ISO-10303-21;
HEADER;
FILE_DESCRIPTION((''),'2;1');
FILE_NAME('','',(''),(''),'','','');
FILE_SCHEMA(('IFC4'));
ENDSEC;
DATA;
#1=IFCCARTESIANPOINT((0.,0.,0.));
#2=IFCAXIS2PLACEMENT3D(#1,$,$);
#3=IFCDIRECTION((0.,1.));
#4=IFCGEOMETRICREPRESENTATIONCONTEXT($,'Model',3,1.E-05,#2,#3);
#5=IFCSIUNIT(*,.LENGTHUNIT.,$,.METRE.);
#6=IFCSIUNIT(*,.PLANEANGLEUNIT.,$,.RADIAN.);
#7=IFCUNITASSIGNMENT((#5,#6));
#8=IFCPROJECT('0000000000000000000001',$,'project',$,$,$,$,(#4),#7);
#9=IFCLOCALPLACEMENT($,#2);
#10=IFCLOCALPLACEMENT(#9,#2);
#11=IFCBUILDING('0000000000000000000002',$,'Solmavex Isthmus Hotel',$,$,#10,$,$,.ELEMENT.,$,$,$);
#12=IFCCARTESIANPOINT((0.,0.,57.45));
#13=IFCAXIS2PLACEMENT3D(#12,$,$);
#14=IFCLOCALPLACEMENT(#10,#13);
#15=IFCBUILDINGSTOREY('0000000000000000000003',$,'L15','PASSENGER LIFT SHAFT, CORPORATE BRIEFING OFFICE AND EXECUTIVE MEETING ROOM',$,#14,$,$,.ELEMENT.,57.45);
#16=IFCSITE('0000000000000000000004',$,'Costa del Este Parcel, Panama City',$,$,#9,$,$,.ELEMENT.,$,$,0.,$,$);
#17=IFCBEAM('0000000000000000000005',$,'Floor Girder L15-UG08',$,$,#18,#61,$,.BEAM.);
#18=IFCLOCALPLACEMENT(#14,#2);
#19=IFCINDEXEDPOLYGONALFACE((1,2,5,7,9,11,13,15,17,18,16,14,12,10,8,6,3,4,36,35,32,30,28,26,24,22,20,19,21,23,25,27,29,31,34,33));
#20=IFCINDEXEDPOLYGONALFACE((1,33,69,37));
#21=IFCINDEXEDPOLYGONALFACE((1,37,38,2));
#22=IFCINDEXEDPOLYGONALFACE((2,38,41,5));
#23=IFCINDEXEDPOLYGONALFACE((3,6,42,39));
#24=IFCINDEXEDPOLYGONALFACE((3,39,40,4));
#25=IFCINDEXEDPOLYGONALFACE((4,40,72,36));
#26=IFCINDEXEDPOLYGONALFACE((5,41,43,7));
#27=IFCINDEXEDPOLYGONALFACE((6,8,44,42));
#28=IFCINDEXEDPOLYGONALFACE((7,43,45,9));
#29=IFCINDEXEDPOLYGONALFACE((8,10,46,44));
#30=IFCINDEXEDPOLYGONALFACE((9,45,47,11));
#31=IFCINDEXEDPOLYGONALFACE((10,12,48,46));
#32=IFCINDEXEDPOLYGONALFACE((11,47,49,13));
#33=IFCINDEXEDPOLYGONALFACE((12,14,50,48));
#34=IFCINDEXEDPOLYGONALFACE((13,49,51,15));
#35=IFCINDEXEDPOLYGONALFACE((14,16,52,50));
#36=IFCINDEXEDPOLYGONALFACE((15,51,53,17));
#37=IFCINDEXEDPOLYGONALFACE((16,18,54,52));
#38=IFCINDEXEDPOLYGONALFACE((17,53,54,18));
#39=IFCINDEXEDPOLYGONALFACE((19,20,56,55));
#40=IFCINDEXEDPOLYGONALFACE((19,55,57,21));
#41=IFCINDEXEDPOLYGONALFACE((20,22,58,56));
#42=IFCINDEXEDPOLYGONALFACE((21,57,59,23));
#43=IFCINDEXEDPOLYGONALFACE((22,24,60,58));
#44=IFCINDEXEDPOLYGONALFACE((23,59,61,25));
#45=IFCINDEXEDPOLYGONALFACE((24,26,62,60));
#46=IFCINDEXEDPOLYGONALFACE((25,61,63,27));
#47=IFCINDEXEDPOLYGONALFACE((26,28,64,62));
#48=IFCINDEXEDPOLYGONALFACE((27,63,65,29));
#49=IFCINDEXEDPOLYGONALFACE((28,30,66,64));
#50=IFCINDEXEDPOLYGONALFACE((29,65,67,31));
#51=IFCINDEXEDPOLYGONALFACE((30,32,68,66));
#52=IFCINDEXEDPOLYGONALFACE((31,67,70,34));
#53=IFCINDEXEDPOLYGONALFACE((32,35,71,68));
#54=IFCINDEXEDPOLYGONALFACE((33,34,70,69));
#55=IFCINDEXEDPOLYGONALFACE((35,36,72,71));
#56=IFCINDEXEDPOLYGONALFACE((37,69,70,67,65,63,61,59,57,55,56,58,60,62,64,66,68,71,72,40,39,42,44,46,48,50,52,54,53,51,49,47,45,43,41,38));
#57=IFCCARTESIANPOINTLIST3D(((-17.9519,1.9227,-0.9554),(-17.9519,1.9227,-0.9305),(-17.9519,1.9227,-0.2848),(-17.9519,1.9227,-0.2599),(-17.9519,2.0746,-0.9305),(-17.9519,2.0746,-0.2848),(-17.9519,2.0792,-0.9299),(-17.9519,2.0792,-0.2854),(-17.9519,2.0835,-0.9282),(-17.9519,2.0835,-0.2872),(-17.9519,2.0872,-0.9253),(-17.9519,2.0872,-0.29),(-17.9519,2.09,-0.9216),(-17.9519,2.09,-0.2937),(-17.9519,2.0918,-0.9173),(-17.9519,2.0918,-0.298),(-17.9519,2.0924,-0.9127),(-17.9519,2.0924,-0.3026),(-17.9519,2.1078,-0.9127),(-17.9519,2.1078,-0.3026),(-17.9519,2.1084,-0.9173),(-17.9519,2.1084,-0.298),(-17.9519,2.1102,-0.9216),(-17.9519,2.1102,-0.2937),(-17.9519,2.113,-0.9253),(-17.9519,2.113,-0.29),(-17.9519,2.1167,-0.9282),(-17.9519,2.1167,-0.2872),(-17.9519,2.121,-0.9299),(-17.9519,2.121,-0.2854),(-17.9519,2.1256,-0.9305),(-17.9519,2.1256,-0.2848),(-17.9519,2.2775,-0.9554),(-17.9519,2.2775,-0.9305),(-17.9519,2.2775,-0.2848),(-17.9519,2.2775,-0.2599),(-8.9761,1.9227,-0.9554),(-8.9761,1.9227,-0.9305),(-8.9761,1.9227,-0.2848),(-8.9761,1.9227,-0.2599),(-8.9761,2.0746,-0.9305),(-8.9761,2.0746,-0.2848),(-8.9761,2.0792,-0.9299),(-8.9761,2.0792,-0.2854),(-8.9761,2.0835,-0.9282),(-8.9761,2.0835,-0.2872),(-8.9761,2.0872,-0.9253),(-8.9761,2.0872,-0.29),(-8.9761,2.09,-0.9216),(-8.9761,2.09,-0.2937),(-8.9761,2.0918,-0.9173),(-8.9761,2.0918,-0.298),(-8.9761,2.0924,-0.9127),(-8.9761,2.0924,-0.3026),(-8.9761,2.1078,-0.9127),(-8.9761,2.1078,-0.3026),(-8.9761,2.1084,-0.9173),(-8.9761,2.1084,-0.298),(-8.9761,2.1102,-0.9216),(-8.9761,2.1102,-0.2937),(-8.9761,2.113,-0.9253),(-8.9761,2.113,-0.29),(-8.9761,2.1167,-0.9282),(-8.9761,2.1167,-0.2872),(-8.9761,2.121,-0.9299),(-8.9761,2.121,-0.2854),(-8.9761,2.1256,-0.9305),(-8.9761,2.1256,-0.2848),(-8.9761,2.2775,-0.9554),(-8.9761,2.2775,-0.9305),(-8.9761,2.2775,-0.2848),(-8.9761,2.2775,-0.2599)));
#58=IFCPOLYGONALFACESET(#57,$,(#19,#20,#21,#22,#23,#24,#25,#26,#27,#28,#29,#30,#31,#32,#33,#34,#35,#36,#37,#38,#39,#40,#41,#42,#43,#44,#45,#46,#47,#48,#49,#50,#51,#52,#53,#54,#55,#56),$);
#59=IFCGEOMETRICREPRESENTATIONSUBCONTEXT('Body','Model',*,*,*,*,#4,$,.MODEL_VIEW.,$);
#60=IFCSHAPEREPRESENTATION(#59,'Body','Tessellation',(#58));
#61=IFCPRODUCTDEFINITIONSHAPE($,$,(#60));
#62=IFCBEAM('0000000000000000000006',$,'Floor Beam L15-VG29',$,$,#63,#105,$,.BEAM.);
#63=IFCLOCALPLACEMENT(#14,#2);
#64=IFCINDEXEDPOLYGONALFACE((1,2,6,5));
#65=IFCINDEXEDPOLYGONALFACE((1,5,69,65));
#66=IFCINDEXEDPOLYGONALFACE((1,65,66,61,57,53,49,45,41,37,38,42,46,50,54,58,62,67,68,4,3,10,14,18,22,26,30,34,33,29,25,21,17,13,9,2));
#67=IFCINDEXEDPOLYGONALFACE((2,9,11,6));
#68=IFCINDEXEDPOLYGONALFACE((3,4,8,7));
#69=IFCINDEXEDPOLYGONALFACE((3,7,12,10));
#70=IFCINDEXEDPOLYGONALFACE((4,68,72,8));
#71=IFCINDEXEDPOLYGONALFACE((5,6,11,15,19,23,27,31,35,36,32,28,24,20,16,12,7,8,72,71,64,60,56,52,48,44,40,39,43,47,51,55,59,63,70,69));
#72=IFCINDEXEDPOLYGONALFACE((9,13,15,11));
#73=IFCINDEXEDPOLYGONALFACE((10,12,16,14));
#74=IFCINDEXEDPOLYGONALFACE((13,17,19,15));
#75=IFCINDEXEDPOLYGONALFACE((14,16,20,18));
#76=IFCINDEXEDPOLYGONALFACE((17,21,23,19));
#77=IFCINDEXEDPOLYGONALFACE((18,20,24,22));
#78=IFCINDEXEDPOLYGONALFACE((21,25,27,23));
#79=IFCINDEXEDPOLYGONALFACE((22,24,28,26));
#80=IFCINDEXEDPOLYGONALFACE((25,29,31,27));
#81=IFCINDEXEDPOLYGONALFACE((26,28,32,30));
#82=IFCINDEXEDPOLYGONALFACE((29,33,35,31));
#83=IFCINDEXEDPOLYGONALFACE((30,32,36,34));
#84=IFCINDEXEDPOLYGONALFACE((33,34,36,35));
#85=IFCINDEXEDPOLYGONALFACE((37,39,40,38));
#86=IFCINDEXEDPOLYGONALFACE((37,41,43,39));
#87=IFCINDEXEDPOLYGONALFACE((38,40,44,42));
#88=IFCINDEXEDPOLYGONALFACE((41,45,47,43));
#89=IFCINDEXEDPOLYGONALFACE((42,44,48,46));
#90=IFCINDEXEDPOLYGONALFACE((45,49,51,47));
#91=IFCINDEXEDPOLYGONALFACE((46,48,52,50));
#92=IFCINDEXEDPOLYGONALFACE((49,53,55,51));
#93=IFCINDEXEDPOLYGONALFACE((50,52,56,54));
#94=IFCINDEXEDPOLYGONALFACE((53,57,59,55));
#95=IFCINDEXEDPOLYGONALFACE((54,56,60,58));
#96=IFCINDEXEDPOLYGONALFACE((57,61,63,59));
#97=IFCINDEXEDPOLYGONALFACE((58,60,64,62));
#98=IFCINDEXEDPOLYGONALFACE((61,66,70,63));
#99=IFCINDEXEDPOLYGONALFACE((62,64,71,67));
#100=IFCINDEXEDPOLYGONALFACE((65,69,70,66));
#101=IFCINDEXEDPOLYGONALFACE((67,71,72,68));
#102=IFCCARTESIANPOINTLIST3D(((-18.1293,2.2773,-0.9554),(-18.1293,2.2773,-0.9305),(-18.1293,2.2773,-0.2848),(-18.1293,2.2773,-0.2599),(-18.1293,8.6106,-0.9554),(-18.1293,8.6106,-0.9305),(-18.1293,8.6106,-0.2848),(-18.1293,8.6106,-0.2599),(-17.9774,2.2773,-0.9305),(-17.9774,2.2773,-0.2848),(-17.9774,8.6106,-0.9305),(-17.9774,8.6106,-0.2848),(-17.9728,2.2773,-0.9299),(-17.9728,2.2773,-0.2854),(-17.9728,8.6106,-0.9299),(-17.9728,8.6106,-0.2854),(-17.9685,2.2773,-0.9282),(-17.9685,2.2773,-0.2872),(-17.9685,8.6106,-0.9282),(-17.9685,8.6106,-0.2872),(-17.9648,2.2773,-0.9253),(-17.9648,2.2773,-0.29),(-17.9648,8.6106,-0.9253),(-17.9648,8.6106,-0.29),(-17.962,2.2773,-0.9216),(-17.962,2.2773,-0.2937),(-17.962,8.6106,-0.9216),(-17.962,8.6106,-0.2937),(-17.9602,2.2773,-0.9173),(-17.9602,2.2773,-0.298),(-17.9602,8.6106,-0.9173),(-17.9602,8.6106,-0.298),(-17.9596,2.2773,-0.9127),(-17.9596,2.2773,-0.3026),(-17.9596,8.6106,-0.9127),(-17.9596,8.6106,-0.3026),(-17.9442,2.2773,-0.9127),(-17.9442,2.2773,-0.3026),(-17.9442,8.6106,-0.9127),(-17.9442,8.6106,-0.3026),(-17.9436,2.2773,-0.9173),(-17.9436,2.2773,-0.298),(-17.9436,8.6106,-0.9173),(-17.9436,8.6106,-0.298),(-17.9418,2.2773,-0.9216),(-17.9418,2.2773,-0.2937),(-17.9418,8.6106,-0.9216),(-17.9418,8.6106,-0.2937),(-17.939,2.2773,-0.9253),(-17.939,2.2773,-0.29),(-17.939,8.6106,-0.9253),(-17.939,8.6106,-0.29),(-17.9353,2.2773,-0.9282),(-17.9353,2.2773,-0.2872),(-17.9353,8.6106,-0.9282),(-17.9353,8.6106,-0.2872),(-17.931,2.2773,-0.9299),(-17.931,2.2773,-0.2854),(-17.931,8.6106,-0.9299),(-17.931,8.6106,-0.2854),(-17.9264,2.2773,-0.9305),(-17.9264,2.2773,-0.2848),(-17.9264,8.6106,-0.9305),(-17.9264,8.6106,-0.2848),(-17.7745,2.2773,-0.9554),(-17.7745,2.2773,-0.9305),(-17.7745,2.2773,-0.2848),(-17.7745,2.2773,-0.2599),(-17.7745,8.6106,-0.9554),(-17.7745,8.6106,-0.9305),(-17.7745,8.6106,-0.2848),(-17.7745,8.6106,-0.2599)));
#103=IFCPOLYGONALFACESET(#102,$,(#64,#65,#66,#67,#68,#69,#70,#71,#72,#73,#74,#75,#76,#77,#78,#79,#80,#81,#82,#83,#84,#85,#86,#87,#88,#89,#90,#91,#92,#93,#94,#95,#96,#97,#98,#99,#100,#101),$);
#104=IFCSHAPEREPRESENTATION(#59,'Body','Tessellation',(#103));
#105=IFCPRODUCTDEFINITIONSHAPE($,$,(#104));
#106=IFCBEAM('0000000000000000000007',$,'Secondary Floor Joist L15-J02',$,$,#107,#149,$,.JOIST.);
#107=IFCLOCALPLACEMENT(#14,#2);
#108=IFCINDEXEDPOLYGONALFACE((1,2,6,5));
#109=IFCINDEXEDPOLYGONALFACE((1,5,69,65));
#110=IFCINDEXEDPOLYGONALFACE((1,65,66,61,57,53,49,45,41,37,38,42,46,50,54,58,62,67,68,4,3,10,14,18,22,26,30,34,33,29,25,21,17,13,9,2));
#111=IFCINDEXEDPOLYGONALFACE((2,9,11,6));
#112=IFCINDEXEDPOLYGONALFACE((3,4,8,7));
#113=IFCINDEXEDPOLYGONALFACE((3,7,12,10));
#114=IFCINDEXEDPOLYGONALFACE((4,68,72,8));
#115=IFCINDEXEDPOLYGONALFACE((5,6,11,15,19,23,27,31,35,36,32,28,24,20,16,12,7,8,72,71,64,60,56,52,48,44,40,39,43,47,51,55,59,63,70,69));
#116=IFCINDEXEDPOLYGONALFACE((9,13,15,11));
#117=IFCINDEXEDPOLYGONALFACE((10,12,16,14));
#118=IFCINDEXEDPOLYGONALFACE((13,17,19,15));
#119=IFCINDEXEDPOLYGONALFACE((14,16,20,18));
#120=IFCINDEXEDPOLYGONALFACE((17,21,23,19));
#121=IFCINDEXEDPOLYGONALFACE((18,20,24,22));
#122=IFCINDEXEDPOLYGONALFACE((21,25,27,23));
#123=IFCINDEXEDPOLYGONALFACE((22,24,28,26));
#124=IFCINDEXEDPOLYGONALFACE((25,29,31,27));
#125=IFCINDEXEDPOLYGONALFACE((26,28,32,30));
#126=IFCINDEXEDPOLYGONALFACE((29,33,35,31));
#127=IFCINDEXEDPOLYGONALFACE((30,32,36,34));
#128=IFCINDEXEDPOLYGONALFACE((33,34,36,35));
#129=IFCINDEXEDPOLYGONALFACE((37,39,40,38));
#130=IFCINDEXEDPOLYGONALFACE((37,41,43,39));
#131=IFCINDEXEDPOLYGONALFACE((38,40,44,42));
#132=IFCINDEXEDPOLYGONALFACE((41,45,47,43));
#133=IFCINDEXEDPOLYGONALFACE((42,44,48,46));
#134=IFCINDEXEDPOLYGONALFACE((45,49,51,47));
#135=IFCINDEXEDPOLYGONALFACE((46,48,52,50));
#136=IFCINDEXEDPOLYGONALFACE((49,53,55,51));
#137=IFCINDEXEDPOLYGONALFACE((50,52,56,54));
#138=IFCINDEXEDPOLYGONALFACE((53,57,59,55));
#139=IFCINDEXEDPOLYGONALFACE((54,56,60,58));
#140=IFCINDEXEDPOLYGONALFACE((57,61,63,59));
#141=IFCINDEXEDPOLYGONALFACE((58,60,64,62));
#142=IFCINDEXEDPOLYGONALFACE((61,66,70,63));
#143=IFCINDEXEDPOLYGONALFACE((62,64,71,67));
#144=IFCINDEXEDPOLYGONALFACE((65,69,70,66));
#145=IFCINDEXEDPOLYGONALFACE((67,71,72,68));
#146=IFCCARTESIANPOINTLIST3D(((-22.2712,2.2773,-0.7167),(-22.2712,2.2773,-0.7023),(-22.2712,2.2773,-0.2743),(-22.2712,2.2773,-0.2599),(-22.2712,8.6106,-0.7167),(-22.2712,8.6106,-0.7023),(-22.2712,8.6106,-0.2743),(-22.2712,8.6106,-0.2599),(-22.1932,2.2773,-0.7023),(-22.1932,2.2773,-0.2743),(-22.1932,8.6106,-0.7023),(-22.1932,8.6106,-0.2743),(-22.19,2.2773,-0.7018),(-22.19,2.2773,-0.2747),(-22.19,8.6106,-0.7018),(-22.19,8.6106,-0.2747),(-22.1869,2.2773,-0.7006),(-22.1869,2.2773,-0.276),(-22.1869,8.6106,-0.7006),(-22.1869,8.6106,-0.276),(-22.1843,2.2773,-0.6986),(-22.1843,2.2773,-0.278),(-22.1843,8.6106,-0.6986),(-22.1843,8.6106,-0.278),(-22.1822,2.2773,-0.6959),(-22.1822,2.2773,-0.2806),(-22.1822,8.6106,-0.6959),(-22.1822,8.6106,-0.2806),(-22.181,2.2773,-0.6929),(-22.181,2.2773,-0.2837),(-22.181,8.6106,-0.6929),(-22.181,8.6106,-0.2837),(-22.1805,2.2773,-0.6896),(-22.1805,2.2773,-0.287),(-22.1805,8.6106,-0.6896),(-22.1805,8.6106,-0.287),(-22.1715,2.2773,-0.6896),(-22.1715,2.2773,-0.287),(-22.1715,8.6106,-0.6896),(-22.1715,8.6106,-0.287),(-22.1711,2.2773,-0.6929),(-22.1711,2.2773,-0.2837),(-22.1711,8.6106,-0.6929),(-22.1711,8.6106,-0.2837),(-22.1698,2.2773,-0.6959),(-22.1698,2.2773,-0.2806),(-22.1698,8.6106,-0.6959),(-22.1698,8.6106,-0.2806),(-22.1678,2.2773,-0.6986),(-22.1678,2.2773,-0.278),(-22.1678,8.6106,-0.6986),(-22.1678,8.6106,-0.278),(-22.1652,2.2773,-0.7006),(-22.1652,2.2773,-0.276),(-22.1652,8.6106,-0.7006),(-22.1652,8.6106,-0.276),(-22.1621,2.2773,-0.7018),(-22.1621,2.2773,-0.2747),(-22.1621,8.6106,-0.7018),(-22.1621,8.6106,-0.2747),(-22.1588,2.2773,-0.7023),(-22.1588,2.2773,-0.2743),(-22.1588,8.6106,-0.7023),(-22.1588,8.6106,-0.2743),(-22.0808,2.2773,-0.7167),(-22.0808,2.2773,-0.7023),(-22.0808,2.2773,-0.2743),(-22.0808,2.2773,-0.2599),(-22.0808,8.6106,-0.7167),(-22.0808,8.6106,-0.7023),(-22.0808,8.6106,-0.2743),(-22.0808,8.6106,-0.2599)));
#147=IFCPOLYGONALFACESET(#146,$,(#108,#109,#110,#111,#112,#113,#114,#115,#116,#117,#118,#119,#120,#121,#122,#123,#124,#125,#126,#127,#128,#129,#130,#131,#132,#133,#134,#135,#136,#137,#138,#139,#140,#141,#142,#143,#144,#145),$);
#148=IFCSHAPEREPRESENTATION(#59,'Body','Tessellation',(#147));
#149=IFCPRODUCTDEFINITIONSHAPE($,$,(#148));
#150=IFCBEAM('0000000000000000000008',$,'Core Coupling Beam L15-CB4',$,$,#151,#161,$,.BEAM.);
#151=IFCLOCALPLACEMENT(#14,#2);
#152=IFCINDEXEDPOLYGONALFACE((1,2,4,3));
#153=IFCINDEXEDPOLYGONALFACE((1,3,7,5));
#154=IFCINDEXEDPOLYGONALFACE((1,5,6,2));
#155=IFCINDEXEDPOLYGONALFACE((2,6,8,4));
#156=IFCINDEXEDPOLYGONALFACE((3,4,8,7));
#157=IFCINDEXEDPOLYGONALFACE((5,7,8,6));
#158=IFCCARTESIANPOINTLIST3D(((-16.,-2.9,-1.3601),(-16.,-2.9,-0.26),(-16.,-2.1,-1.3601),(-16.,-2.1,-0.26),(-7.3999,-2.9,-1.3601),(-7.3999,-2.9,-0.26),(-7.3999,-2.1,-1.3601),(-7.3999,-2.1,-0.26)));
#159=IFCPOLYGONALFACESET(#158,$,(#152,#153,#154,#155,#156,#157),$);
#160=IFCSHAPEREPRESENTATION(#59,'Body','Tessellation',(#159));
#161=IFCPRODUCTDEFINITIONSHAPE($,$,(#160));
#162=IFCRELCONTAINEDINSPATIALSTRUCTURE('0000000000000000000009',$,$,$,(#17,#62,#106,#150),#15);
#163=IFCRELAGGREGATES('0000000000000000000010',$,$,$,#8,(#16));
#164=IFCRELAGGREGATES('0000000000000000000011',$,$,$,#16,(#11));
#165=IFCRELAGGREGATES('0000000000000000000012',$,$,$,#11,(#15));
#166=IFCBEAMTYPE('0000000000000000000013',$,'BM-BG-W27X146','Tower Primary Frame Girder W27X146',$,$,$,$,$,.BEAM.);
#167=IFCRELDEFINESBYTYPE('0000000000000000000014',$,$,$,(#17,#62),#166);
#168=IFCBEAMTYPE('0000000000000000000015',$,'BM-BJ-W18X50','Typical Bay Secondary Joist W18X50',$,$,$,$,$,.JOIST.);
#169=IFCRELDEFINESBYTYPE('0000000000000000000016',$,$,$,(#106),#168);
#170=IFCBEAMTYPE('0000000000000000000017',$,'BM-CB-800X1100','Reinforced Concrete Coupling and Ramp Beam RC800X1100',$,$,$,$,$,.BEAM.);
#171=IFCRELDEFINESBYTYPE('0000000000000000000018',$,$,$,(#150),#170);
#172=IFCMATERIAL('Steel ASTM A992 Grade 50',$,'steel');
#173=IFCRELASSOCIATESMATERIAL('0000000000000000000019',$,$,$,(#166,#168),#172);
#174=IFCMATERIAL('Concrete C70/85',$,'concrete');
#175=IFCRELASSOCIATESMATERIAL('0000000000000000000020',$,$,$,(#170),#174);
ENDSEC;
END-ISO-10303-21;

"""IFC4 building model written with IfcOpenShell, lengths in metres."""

from ifc_helpers import new_model, si_unit, direction, frame, origin, origin_2d, place, context, subcontext, project, spatial, rectangle, i_section, extrude, material, material_profile, profile_set, type_object, element, save


model = new_model("IFC4")

# Units and contexts
model_context = context("Model", 3, precision=1e-05, world=origin(), true_north=direction((0.0, 1.0)))
body_context = subcontext(model_context, "Body", "Model", "MODEL_VIEW")
ifc_project = project(units=[si_unit("LENGTHUNIT", "METRE"), si_unit("PLANEANGLEUNIT", "RADIAN")], contexts=[model_context])

# Site, building, storey
site_placement = place(None, origin())
site = spatial("IfcSite", under=ifc_project, at=site_placement, Name="Costa del Este Parcel, Panama City", CompositionType="ELEMENT", RefElevation=0.0)
building_placement = place(site_placement, origin())
building = spatial("IfcBuilding", under=site, at=building_placement, Name="Solmavex Isthmus Hotel", CompositionType="ELEMENT")
storey_placement = place(building_placement, frame((0.0, 0.0, 57.45)))
storey = spatial("IfcBuildingStorey", under=building, at=storey_placement, Name="L15", Description="PASSENGER LIFT SHAFT, CORPORATE BRIEFING OFFICE AND EXECUTIVE MEETING ROOM", CompositionType="ELEMENT", Elevation=57.45)

# Shared definitions
ifc_material_1 = material(Name="Concrete C70/85", Category="concrete")

# Beams
ifc_material_2 = material(Name="Steel ASTM A992 Grade 50", Category="steel")
ifc_material_profile_1 = material_profile(ifc_material_2, i_section(OverallWidth=0.3547, OverallDepth=0.6956, WebThickness=0.0154, FlangeThickness=0.0249, FilletRadius=0.0178, at=origin_2d()), Name="W27X146")
ifc_profile_set_1 = profile_set([ifc_material_profile_1], Name="Steel ASTM A992 Grade 50")
beam_type_1 = type_object("IfcBeamType", Name="BM-BG-W27X146", Description="Tower Primary Frame Girder W27X146", PredefinedType="BEAM", material=ifc_profile_set_1)
beam_1_placement = place(storey_placement, frame((-17.9519, 2.1001, -0.6077), z_axis=(1.0, 0.0, 0.0), x_axis=(0.0, 1.0, 0.0)))
element("IfcBeam", 1, at=beam_1_placement, inside=storey, type_object=beam_type_1, Name="Floor Girder L15-UG08", PredefinedType="BEAM", context=body_context, shape_type="SweptSolid", body=[
    extrude(i_section(OverallWidth=0.3547, OverallDepth=0.6956, WebThickness=0.0154, FlangeThickness=0.0249, FilletRadius=0.0178, at=origin_2d()), origin(), (0.0, 0.0, 1.0), 8.9758),
])
beam_2_placement = place(storey_placement, frame((-17.9519, 2.2773, -0.6077), z_axis=(0.0, 1.0, 0.0), x_axis=(-1.0, 0.0, 0.0)))
element("IfcBeam", 2, at=beam_2_placement, inside=storey, type_object=beam_type_1, Name="Floor Beam L15-VG29", PredefinedType="BEAM", context=body_context, shape_type="SweptSolid", body=[
    extrude(i_section(OverallWidth=0.3547, OverallDepth=0.6956, WebThickness=0.0154, FlangeThickness=0.0249, FilletRadius=0.0178, at=origin_2d()), origin(), (0.0, 0.0, 1.0), 6.3333),
])
ifc_material_profile_2 = material_profile(ifc_material_2, i_section(OverallWidth=0.1904, OverallDepth=0.4568, WebThickness=0.009, FlangeThickness=0.0144, FilletRadius=0.0127, at=origin_2d()), Name="W18X50")
ifc_profile_set_2 = profile_set([ifc_material_profile_2], Name="Steel ASTM A992 Grade 50")
beam_type_2 = type_object("IfcBeamType", Name="BM-BJ-W18X50", Description="Typical Bay Secondary Joist W18X50", PredefinedType="JOIST", material=ifc_profile_set_2)
beam_3_placement = place(storey_placement, frame((-22.176, 2.2773, -0.4883), z_axis=(0.0, 1.0, 0.0), x_axis=(-1.0, 0.0, 0.0)))
element("IfcBeam", 3, at=beam_3_placement, inside=storey, type_object=beam_type_2, Name="Secondary Floor Joist L15-J02", PredefinedType="JOIST", context=body_context, shape_type="SweptSolid", body=[
    extrude(i_section(OverallWidth=0.1904, OverallDepth=0.4568, WebThickness=0.009, FlangeThickness=0.0144, FilletRadius=0.0127, at=origin_2d()), origin(), (0.0, 0.0, 1.0), 6.3333),
])
ifc_material_profile_3 = material_profile(ifc_material_1, rectangle(XDim=0.8, YDim=1.1001, at=origin_2d()), Name="RC800X1100")
ifc_profile_set_3 = profile_set([ifc_material_profile_3], Name="Concrete C70/85")
beam_type_3 = type_object("IfcBeamType", Name="BM-CB-800X1100", Description="Reinforced Concrete Coupling and Ramp Beam RC800X1100", PredefinedType="BEAM", material=ifc_profile_set_3)
beam_4_placement = place(storey_placement, frame((-16.0, -2.5, -0.8101), z_axis=(1.0, 0.0, 0.0), x_axis=(0.0, 1.0, 0.0)))
element("IfcBeam", 4, at=beam_4_placement, inside=storey, type_object=beam_type_3, Name="Core Coupling Beam L15-CB4", PredefinedType="BEAM", context=body_context, shape_type="SweptSolid", body=[
    extrude(rectangle(XDim=0.8, YDim=1.1001, at=origin_2d()), origin(), (0.0, 0.0, 1.0), 8.6001),
])

save(model, "model.ifc")
